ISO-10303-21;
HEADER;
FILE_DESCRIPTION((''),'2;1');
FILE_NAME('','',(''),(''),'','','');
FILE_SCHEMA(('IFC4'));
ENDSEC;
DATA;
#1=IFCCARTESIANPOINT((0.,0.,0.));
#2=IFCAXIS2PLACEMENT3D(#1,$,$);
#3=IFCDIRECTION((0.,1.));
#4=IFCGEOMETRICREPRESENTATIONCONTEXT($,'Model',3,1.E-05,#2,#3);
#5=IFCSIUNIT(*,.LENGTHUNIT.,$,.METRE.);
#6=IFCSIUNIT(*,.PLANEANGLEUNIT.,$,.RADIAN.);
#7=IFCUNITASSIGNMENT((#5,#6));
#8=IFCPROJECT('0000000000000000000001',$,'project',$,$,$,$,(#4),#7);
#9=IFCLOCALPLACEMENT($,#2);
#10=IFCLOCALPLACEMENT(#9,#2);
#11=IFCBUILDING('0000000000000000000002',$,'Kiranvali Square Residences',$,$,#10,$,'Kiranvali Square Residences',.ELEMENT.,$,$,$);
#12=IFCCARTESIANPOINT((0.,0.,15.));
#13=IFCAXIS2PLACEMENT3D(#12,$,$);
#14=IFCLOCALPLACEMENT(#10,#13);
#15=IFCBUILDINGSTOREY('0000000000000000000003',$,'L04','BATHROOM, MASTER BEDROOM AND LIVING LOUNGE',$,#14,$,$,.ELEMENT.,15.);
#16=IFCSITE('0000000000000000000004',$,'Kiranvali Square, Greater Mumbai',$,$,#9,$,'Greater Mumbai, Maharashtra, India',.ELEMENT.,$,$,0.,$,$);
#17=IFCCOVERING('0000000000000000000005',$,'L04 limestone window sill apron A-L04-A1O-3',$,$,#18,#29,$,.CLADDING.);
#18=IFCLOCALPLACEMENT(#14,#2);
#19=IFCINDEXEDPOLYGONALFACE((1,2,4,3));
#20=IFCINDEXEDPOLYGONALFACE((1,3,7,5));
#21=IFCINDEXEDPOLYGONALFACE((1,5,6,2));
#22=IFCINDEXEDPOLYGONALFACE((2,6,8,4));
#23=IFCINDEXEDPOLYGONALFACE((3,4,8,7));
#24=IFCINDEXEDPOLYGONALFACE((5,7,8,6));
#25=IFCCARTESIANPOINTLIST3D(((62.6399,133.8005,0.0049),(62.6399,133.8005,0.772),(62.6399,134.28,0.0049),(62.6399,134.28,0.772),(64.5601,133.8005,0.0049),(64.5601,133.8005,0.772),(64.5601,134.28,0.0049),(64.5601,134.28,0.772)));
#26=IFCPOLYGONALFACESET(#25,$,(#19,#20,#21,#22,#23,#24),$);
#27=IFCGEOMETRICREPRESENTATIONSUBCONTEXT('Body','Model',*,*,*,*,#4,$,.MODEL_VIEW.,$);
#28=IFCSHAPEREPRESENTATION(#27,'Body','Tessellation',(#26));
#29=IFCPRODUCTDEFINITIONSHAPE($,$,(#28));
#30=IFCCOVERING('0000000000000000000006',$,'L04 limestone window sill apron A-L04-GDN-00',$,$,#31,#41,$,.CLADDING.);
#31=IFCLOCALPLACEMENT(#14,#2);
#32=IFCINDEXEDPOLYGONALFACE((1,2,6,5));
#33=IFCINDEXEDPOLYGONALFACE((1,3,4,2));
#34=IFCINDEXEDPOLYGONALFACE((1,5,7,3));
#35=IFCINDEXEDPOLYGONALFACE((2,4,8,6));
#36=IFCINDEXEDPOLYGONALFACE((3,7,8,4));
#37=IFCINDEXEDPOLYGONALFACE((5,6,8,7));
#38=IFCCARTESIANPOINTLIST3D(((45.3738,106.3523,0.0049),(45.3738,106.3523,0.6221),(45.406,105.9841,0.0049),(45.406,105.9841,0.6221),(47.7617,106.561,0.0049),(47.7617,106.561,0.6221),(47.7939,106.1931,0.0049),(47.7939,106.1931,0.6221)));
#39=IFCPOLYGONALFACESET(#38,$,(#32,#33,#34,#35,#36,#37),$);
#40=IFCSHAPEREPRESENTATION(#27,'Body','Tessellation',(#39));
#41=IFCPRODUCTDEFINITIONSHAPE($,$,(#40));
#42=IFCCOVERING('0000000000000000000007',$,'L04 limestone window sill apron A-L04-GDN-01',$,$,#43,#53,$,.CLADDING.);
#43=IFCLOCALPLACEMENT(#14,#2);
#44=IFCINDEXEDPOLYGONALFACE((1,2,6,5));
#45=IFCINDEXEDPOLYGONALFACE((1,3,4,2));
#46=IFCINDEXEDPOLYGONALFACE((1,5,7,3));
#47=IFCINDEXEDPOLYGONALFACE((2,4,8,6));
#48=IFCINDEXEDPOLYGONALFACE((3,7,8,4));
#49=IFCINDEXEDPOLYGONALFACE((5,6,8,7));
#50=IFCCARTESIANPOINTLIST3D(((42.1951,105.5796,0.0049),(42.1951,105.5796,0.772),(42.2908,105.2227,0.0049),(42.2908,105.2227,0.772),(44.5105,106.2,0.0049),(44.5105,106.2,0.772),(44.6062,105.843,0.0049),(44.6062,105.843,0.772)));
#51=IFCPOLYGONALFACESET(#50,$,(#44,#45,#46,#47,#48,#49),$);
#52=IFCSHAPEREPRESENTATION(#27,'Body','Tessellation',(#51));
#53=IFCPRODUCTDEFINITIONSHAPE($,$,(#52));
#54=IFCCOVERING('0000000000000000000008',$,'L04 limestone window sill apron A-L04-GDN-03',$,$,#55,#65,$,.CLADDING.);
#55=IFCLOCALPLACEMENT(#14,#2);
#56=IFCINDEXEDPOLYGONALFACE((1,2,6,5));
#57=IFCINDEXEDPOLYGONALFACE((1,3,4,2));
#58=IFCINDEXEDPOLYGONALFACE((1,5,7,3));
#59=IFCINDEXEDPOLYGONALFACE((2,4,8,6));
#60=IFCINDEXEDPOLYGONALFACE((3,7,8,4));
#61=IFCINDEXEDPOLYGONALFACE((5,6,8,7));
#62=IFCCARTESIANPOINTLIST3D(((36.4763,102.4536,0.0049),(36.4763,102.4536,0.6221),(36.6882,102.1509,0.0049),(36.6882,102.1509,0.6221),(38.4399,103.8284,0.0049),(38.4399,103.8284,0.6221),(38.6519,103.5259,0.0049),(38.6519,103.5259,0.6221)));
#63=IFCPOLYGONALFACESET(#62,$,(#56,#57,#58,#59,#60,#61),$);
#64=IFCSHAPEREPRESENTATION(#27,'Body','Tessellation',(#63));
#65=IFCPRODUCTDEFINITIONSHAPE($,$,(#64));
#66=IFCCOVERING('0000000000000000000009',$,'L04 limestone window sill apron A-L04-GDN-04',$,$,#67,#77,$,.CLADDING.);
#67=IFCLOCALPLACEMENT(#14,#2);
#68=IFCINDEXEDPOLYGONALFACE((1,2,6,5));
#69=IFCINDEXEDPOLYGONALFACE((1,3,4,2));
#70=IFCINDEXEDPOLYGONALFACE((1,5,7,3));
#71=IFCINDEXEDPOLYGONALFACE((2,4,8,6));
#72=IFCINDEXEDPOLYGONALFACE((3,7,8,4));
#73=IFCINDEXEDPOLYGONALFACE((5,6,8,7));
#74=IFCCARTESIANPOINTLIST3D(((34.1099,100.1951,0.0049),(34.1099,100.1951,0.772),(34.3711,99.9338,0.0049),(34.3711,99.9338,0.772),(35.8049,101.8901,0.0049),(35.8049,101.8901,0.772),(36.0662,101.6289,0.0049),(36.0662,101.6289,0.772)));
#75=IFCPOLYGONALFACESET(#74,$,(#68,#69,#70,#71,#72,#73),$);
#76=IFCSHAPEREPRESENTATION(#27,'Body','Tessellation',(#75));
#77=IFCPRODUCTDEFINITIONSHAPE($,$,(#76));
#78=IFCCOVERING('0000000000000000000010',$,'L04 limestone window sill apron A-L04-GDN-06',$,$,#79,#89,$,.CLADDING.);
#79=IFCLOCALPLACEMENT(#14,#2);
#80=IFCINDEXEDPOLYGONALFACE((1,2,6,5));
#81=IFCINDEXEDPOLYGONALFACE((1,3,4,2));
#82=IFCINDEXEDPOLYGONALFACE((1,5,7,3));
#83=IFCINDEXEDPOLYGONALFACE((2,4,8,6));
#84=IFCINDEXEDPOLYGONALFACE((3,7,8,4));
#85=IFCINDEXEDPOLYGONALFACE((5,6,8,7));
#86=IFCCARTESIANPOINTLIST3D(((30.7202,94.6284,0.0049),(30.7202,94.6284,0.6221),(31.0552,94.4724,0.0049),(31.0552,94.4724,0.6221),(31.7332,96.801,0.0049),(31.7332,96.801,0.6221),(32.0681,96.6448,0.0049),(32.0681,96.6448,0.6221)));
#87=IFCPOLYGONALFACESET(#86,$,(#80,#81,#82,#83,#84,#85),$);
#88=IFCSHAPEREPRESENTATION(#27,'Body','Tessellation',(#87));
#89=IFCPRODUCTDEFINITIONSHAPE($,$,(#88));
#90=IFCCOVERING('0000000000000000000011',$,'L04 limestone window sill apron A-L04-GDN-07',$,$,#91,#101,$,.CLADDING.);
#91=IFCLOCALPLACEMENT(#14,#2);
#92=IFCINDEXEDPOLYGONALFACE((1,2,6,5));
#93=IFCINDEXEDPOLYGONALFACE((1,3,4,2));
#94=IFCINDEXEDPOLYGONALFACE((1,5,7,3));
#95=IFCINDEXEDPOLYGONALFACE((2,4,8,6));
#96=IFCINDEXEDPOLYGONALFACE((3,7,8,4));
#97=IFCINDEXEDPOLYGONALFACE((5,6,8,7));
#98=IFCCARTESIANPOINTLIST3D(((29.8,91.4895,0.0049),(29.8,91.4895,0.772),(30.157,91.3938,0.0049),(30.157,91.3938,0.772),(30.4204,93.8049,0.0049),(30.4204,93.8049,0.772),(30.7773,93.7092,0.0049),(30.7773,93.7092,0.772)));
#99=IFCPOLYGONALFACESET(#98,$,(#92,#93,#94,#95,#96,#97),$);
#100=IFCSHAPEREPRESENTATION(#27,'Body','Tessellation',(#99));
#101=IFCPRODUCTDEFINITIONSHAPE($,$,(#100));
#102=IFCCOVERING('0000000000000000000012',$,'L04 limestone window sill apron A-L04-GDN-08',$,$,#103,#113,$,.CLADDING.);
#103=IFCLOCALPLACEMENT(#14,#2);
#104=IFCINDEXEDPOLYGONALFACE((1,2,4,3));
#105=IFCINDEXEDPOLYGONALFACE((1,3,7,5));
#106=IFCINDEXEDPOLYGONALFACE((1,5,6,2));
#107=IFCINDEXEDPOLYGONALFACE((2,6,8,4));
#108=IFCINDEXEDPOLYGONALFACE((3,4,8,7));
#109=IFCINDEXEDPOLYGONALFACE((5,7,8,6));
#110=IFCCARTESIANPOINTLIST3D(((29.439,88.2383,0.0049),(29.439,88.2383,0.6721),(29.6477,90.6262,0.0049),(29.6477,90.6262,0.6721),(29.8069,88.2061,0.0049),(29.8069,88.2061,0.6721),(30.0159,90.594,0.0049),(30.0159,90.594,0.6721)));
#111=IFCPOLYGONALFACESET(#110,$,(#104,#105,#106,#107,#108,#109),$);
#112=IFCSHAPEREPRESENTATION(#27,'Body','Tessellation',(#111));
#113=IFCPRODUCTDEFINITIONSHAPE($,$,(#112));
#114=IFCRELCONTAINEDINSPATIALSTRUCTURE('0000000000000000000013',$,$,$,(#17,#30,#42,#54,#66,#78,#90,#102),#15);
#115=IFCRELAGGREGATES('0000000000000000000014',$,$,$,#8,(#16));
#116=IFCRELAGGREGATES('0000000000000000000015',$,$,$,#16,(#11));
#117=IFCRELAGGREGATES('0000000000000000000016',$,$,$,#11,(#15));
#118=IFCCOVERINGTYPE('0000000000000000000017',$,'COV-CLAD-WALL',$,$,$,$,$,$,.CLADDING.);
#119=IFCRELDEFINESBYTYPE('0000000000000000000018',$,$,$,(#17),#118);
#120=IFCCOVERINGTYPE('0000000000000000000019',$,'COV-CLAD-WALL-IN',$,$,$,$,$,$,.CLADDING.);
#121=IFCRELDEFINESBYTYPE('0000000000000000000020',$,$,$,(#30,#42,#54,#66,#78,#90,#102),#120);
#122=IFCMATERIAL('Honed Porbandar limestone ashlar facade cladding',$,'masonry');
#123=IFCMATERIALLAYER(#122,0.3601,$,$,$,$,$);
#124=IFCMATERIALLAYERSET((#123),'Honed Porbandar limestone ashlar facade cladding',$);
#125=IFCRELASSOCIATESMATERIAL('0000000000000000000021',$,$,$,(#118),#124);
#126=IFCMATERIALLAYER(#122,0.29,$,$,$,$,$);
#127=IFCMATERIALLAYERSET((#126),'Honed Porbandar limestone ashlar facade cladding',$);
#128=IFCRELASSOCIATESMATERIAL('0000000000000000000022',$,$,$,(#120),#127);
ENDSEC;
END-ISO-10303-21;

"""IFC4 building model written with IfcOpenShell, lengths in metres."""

from ifc_helpers import new_model, si_unit, direction, frame, origin, place, context, subcontext, project, spatial, polyline, outline, extrude, material, layer, layer_set, type_object, element, save


model = new_model("IFC4")

# Units and contexts
model_context = context("Model", 3, precision=1e-05, world=origin(), true_north=direction((0.0, 1.0)))
body_context = subcontext(model_context, "Body", "Model", "MODEL_VIEW")
ifc_project = project(units=[si_unit("LENGTHUNIT", "METRE"), si_unit("PLANEANGLEUNIT", "RADIAN")], contexts=[model_context])

# Site, building, storey
site_placement = place(None, origin())
site = spatial("IfcSite", under=ifc_project, at=site_placement, Name="Kiranvali Square, Greater Mumbai", LongName="Greater Mumbai, Maharashtra, India", CompositionType="ELEMENT", RefElevation=0.0)
building_placement = place(site_placement, origin())
building = spatial("IfcBuilding", under=site, at=building_placement, Name="Kiranvali Square Residences", LongName="Kiranvali Square Residences", CompositionType="ELEMENT")
storey_placement = place(building_placement, frame((0.0, 0.0, 15.0)))
storey = spatial("IfcBuildingStorey", under=building, at=storey_placement, Name="L04", Description="BATHROOM, MASTER BEDROOM AND LIVING LOUNGE", CompositionType="ELEMENT", Elevation=15.0)

# Coverings
ifc_material = material(Name="Honed Porbandar limestone ashlar facade cladding", Category="masonry")
ifc_layer_1 = layer(ifc_material, 0.3601)
ifc_layer_set_1 = layer_set([ifc_layer_1], Name="Honed Porbandar limestone ashlar facade cladding")
covering_type_1 = type_object("IfcCoveringType", Name="COV-CLAD-WALL", PredefinedType="CLADDING", material=ifc_layer_set_1)
covering_1_placement = place(storey_placement, frame((0.0, 0.0, 0.0049)))
element("IfcCovering", 1, at=covering_1_placement, inside=storey, type_object=covering_type_1, Name="L04 limestone window sill apron A-L04-A1O-3", PredefinedType="CLADDING", context=body_context, shape_type="SweptSolid", body=[
    extrude(outline(polyline([(62.6399, 133.8005), (64.5601, 133.8005), (64.5601, 134.28), (62.6399, 134.28), (62.6399, 133.8005)])), origin(), (0.0, 0.0, 1.0), 0.7671),
])
ifc_layer_2 = layer(ifc_material, 0.29)
ifc_layer_set_2 = layer_set([ifc_layer_2], Name="Honed Porbandar limestone ashlar facade cladding")
covering_type_2 = type_object("IfcCoveringType", Name="COV-CLAD-WALL-IN", PredefinedType="CLADDING", material=ifc_layer_set_2)
covering_2_placement = place(storey_placement, frame((0.0, 0.0, 0.0049)))
element("IfcCovering", 2, at=covering_2_placement, inside=storey, type_object=covering_type_2, Name="L04 limestone window sill apron A-L04-GDN-00", PredefinedType="CLADDING", context=body_context, shape_type="SweptSolid", body=[
    extrude(outline(polyline([(47.7617, 106.561), (45.3738, 106.3523), (45.406, 105.9841), (47.7939, 106.1931), (47.7617, 106.561)])), origin(), (0.0, 0.0, 1.0), 0.6172),
])
covering_3_placement = place(storey_placement, frame((0.0, 0.0, 0.0049)))
element("IfcCovering", 3, at=covering_3_placement, inside=storey, type_object=covering_type_2, Name="L04 limestone window sill apron A-L04-GDN-01", PredefinedType="CLADDING", context=body_context, shape_type="SweptSolid", body=[
    extrude(outline(polyline([(44.5105, 106.2), (42.1951, 105.5796), (42.2908, 105.2227), (44.6062, 105.843), (44.5105, 106.2)])), origin(), (0.0, 0.0, 1.0), 0.7671),
])
covering_4_placement = place(storey_placement, frame((0.0, 0.0, 0.0049)))
element("IfcCovering", 4, at=covering_4_placement, inside=storey, type_object=covering_type_2, Name="L04 limestone window sill apron A-L04-GDN-03", PredefinedType="CLADDING", context=body_context, shape_type="SweptSolid", body=[
    extrude(outline(polyline([(38.4399, 103.8284), (36.4763, 102.4536), (36.6882, 102.1509), (38.6519, 103.5259), (38.4399, 103.8284)])), origin(), (0.0, 0.0, 1.0), 0.6172),
])
covering_5_placement = place(storey_placement, frame((0.0, 0.0, 0.0049)))
element("IfcCovering", 5, at=covering_5_placement, inside=storey, type_object=covering_type_2, Name="L04 limestone window sill apron A-L04-GDN-04", PredefinedType="CLADDING", context=body_context, shape_type="SweptSolid", body=[
    extrude(outline(polyline([(35.8049, 101.8901), (34.1099, 100.1951), (34.3711, 99.9338), (36.0662, 101.6289), (35.8049, 101.8901)])), origin(), (0.0, 0.0, 1.0), 0.7671),
])
covering_6_placement = place(storey_placement, frame((0.0, 0.0, 0.0049)))
element("IfcCovering", 6, at=covering_6_placement, inside=storey, type_object=covering_type_2, Name="L04 limestone window sill apron A-L04-GDN-06", PredefinedType="CLADDING", context=body_context, shape_type="SweptSolid", body=[
    extrude(outline(polyline([(31.7332, 96.801), (30.7202, 94.6284), (31.0552, 94.4724), (32.0681, 96.6448), (31.7332, 96.801)])), origin(), (0.0, 0.0, 1.0), 0.6172),
])
covering_7_placement = place(storey_placement, frame((0.0, 0.0, 0.0049)))
element("IfcCovering", 7, at=covering_7_placement, inside=storey, type_object=covering_type_2, Name="L04 limestone window sill apron A-L04-GDN-07", PredefinedType="CLADDING", context=body_context, shape_type="SweptSolid", body=[
    extrude(outline(polyline([(30.4204, 93.8049), (29.8, 91.4895), (30.157, 91.3938), (30.7773, 93.7092), (30.4204, 93.8049)])), origin(), (0.0, 0.0, 1.0), 0.7671),
])
covering_8_placement = place(storey_placement, frame((0.0, 0.0, 0.0049)))
element("IfcCovering", 8, at=covering_8_placement, inside=storey, type_object=covering_type_2, Name="L04 limestone window sill apron A-L04-GDN-08", PredefinedType="CLADDING", context=body_context, shape_type="SweptSolid", body=[
    extrude(outline(polyline([(29.6477, 90.6262), (29.439, 88.2383), (29.8069, 88.2061), (30.0159, 90.594), (29.6477, 90.6262)])), origin(), (0.0, 0.0, 1.0), 0.6672),
])

save(model, "model.ifc")
